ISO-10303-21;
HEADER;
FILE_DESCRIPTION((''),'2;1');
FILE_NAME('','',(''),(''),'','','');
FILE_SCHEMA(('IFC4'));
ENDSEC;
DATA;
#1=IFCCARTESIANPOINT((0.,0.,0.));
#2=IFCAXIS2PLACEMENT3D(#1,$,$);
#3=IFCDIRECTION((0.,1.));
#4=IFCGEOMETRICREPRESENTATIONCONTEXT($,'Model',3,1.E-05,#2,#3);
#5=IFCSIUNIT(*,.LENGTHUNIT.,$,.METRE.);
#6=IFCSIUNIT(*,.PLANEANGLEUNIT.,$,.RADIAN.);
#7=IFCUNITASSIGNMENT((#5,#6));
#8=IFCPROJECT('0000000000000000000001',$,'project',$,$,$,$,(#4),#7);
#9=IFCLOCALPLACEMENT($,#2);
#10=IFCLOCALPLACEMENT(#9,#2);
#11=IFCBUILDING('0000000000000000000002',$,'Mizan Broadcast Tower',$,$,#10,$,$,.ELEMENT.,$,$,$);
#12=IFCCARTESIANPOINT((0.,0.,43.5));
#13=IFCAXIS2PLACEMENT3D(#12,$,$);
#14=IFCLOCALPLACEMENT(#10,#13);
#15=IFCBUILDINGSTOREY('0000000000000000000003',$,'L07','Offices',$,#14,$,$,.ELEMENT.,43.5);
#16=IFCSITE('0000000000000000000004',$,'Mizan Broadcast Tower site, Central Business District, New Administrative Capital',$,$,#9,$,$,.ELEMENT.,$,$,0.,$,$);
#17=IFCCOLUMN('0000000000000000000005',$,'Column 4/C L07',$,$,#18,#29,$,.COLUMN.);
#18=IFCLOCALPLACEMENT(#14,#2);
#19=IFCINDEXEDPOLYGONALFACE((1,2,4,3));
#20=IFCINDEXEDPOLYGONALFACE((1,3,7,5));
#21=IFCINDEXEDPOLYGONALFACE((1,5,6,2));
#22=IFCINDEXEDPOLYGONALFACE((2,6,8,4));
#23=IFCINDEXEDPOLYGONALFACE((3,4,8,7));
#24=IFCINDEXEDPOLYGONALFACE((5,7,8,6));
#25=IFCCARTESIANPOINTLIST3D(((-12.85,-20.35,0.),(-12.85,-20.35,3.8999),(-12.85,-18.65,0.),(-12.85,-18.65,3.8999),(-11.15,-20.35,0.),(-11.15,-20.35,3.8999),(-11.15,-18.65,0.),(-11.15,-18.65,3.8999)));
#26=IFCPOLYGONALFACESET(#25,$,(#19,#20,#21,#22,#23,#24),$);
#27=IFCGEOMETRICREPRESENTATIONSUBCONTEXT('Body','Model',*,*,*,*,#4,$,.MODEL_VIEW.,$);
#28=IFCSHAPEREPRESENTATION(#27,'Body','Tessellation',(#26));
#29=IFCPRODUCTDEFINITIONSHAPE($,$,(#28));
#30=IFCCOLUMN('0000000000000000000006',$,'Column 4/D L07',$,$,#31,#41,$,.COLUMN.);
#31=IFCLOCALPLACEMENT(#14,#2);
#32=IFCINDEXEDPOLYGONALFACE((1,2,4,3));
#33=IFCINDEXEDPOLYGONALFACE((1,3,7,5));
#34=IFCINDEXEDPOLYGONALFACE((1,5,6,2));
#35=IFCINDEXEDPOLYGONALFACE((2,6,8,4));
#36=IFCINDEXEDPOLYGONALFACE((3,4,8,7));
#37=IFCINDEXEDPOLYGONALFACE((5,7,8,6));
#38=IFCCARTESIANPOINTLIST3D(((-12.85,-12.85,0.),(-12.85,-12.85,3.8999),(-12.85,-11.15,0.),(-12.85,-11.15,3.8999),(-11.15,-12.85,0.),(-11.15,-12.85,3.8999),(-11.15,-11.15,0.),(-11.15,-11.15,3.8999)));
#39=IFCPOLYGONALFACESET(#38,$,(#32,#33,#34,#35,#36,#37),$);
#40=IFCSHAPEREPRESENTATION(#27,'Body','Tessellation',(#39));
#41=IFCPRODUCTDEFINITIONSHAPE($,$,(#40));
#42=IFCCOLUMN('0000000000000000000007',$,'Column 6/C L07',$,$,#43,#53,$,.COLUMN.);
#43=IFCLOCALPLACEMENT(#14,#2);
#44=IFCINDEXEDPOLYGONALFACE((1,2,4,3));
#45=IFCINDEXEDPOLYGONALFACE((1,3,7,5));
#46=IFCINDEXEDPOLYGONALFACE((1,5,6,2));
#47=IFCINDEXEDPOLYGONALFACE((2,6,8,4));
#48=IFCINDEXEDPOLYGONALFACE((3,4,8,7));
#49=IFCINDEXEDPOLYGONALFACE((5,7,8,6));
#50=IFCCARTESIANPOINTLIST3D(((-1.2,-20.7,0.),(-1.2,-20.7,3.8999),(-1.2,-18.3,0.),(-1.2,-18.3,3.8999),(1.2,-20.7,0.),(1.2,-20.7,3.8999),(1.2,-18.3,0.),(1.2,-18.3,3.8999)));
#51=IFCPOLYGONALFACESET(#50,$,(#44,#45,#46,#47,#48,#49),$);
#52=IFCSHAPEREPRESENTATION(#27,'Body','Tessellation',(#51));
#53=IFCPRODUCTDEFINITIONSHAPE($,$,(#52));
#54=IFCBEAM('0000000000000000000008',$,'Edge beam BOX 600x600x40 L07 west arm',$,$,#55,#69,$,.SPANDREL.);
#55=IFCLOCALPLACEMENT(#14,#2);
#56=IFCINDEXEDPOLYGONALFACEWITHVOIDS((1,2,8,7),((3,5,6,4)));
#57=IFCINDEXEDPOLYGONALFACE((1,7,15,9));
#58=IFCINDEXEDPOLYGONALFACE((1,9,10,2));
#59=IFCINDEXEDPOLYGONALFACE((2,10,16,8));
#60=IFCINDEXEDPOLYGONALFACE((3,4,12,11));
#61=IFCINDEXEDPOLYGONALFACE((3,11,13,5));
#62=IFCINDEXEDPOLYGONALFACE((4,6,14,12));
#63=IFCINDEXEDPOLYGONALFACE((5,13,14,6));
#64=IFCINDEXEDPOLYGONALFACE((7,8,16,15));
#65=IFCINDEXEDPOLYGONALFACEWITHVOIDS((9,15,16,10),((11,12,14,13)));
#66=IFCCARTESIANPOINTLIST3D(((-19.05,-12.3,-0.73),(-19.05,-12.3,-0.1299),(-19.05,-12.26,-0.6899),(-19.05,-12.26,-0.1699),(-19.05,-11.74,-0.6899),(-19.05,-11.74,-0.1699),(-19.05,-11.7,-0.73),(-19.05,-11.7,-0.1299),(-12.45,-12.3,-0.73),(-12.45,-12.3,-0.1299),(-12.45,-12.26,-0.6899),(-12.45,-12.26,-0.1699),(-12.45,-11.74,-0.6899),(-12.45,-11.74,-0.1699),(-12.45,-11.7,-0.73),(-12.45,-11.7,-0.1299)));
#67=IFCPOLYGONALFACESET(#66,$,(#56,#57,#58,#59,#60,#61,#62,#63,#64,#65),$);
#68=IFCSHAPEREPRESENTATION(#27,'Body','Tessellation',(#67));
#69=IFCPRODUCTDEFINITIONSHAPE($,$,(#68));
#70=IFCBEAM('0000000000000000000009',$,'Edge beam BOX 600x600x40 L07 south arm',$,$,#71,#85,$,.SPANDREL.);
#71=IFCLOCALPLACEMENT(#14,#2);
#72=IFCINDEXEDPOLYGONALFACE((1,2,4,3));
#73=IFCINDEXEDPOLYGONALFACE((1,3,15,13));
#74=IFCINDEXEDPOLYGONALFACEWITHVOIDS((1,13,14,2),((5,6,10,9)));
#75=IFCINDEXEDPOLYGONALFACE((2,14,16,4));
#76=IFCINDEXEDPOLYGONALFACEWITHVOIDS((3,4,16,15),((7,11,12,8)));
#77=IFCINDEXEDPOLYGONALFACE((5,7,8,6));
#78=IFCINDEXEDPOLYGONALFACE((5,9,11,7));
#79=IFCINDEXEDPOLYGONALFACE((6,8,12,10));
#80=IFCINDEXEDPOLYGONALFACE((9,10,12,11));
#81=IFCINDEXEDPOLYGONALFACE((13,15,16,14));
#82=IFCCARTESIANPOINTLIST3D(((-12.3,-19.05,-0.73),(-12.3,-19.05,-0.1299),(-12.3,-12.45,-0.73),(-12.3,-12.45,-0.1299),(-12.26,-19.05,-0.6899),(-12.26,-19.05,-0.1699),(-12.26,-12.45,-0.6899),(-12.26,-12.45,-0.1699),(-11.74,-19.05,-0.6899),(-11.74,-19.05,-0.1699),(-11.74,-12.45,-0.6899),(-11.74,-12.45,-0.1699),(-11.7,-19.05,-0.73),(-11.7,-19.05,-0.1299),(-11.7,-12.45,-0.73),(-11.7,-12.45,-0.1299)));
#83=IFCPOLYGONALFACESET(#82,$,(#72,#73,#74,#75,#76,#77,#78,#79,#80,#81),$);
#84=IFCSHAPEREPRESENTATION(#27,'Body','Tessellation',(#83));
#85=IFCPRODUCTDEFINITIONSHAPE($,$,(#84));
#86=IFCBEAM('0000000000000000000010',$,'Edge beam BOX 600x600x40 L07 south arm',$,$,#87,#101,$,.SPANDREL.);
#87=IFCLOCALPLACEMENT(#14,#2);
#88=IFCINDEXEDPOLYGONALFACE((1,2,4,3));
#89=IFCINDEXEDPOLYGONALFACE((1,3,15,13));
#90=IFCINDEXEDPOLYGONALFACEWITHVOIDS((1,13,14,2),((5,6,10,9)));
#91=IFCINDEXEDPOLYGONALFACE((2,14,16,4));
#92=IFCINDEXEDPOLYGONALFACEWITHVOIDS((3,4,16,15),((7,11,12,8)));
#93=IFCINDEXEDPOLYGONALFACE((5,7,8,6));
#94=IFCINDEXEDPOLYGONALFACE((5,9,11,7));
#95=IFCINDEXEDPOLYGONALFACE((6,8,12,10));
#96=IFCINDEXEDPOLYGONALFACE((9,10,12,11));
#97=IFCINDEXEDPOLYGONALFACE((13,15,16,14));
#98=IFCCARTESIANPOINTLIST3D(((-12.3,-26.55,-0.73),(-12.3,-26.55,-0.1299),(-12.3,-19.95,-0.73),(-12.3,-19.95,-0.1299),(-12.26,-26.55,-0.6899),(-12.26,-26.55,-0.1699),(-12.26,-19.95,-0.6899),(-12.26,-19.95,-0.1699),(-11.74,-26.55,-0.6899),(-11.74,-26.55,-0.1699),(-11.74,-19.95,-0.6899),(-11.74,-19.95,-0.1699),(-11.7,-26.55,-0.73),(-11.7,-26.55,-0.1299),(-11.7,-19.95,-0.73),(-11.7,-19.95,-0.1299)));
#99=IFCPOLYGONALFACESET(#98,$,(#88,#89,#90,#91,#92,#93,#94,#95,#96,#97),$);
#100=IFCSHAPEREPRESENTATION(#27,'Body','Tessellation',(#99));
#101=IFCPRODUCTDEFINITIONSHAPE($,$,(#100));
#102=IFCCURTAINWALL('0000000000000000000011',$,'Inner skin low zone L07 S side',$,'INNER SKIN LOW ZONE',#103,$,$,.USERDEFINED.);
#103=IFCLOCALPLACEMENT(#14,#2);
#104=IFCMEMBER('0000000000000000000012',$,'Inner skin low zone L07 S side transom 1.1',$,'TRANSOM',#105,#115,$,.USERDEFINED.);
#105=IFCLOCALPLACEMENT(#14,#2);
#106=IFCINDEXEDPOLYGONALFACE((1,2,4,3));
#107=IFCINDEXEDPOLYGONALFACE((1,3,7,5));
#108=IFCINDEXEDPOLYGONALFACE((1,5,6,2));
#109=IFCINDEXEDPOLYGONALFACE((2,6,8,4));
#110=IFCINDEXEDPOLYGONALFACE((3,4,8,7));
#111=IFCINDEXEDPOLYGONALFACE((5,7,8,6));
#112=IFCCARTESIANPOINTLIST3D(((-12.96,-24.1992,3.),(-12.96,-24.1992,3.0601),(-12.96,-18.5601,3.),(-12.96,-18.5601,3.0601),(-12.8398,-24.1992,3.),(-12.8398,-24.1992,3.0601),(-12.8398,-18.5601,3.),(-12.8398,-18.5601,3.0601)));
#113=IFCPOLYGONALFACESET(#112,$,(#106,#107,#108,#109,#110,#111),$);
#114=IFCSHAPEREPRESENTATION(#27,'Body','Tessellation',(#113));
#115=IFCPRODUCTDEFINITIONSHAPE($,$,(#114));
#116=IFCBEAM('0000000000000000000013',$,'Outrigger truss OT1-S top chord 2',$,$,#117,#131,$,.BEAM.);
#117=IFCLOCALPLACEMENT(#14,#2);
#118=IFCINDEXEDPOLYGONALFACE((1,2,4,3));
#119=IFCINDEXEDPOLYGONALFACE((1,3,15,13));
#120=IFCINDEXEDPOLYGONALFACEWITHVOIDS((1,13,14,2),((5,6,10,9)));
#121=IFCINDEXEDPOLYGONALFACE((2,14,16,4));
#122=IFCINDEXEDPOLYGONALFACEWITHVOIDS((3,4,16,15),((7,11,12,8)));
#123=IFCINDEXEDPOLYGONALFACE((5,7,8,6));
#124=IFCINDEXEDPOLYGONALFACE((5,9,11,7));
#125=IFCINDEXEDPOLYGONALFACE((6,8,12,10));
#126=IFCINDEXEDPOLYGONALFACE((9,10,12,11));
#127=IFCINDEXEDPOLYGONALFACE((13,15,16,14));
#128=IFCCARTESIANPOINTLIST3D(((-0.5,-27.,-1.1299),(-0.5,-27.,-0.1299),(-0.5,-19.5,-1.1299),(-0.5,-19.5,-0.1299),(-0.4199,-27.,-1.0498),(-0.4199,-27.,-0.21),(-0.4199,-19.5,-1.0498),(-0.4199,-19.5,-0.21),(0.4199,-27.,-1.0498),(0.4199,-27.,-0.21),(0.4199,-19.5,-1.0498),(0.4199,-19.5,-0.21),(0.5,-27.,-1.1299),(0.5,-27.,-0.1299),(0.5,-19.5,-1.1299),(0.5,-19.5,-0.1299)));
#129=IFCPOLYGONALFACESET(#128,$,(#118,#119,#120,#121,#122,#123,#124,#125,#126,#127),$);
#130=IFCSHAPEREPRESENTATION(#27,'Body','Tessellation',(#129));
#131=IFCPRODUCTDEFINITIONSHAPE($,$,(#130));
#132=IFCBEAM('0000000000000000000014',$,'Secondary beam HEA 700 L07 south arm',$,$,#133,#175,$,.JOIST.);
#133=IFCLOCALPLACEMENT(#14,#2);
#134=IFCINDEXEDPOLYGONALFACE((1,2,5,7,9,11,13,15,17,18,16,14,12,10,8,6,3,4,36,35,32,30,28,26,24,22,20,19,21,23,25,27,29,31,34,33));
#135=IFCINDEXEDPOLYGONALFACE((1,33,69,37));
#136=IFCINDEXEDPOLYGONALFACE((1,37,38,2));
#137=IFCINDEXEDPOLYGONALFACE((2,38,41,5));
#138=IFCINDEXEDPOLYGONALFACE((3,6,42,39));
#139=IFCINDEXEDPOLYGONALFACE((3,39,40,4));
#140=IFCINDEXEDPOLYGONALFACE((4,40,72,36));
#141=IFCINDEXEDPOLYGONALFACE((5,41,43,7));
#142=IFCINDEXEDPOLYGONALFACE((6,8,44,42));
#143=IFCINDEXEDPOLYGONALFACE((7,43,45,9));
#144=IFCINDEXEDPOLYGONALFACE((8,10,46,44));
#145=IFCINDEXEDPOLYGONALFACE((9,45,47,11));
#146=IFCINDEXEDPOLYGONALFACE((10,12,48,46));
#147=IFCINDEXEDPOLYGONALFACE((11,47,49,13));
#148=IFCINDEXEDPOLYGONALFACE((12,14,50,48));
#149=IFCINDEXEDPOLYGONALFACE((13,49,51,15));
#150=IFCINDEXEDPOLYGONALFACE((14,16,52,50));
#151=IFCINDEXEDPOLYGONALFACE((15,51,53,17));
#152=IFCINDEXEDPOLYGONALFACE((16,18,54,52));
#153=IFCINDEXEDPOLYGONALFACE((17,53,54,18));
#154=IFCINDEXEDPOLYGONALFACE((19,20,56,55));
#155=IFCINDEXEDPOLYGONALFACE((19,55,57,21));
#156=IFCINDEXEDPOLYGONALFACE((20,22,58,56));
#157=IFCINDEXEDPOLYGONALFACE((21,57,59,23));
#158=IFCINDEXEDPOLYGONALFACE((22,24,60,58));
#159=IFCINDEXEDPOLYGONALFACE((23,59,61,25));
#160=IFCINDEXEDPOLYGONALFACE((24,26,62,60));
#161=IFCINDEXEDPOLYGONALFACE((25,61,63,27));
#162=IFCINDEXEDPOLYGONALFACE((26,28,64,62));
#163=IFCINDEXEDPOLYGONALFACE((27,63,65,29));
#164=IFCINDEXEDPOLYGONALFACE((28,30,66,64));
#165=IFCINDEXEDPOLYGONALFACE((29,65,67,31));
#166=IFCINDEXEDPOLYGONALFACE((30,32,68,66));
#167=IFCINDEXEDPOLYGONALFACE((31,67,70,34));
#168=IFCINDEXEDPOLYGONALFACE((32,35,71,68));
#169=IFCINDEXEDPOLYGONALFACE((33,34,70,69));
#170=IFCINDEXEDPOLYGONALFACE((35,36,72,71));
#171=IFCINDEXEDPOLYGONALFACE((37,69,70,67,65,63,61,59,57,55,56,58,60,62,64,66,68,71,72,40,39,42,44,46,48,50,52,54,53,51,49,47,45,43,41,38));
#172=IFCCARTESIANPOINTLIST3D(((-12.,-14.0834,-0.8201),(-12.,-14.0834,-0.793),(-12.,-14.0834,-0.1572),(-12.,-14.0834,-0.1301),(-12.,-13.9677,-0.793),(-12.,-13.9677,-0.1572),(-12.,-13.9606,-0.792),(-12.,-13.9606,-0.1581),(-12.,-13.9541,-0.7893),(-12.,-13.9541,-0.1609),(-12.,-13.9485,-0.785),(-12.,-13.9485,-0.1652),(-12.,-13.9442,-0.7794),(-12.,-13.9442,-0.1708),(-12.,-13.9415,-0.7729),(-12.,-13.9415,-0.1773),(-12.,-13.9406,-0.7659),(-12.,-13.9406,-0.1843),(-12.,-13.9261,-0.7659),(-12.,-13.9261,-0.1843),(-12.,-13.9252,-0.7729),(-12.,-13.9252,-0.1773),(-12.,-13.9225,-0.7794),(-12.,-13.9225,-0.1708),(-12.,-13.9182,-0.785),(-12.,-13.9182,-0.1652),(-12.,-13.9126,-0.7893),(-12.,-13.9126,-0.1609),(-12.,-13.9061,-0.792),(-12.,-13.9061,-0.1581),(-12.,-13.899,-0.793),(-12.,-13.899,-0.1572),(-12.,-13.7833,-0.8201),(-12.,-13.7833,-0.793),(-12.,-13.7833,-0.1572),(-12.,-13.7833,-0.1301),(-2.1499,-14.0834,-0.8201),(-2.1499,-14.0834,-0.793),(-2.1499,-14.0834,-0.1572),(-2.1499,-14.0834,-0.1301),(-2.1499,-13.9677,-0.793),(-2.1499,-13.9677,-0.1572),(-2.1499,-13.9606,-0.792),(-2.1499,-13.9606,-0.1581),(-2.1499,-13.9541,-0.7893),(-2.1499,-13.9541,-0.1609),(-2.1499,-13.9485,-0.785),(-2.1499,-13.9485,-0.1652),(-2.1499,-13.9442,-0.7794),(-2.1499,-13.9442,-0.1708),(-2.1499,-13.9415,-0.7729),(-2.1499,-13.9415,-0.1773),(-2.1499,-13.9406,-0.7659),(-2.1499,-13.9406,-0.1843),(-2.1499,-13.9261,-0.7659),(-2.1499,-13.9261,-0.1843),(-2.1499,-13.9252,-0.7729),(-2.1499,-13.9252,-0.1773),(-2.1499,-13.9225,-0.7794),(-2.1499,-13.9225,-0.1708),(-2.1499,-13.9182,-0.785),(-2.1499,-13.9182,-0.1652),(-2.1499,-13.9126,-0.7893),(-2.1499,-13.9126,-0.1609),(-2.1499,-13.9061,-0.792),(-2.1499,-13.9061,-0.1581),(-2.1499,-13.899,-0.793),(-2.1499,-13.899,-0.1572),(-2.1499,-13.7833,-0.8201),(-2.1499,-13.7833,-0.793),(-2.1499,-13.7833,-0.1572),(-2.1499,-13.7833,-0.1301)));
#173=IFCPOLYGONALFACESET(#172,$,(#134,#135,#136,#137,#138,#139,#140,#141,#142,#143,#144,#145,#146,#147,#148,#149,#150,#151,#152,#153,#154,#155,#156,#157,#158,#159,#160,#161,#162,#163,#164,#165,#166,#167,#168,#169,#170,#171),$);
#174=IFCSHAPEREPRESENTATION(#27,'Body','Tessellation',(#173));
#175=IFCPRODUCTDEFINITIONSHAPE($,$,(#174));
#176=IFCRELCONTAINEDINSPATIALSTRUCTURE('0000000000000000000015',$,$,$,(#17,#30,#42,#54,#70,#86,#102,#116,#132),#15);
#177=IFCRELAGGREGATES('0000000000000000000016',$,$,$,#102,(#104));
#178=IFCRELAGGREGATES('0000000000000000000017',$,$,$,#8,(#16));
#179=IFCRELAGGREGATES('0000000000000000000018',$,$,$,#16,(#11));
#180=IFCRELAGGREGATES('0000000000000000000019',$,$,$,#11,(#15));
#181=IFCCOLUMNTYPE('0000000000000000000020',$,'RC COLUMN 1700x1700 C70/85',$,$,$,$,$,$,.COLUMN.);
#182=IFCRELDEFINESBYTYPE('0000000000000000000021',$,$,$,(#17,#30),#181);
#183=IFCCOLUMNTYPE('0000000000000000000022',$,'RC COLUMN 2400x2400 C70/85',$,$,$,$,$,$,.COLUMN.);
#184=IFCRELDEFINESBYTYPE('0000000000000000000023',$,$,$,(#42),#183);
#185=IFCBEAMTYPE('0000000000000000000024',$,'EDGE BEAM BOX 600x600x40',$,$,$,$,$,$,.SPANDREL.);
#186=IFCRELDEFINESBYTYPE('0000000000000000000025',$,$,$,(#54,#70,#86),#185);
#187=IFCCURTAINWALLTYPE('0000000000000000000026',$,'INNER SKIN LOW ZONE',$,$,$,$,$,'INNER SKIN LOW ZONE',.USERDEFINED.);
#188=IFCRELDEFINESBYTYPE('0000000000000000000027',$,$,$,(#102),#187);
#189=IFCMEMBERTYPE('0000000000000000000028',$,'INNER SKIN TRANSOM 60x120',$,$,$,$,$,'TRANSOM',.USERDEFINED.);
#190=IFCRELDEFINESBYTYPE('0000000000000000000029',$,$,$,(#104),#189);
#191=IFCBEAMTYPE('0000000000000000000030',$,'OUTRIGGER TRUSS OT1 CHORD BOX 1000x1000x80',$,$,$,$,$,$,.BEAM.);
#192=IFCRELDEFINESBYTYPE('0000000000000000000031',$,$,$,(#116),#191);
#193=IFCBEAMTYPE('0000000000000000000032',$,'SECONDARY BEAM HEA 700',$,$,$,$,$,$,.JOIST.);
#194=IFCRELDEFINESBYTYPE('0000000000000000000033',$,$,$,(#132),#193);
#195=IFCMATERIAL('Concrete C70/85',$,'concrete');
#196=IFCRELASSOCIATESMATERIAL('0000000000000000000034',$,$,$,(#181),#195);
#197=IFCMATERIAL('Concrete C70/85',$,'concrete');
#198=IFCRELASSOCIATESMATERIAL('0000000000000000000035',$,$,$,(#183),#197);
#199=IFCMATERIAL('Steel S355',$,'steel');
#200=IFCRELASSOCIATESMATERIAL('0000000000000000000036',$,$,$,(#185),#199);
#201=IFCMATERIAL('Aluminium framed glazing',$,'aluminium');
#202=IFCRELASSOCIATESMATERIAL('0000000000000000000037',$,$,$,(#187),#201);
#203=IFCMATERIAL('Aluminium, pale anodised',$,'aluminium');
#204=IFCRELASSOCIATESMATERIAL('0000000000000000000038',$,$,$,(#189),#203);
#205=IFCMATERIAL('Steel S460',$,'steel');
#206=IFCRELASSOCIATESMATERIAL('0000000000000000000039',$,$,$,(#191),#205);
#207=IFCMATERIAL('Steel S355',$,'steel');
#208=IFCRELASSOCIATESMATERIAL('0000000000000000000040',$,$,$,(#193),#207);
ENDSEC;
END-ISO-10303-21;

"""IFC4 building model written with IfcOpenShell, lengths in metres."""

from ifc_helpers import new_model, si_unit, direction, frame, origin, origin_2d, place, context, subcontext, project, spatial, rectangle, hollow_rectangle, i_section, extrude, material, material_profile, profile_set, type_object, element, aggregate, save


model = new_model("IFC4")

# Units and contexts
model_context = context("Model", 3, precision=1e-05, world=origin(), true_north=direction((0.0, 1.0)))
body_context = subcontext(model_context, "Body", "Model", "MODEL_VIEW")
ifc_project = project(units=[si_unit("LENGTHUNIT", "METRE"), si_unit("PLANEANGLEUNIT", "RADIAN")], contexts=[model_context])

# Site, building, storey
site_placement = place(None, origin())
site = spatial("IfcSite", under=ifc_project, at=site_placement, Name="Mizan Broadcast Tower site, Central Business District, New Administrative Capital", CompositionType="ELEMENT", RefElevation=0.0)
building_placement = place(site_placement, origin())
building = spatial("IfcBuilding", under=site, at=building_placement, Name="Mizan Broadcast Tower", CompositionType="ELEMENT")
storey_placement = place(building_placement, frame((0.0, 0.0, 43.5)))
storey = spatial("IfcBuildingStorey", under=building, at=storey_placement, Name="L07", Description="Offices", CompositionType="ELEMENT", Elevation=43.5)

# Columns
ifc_material_1 = material(Name="Concrete C70/85", Category="concrete")
ifc_material_profile_1 = material_profile(ifc_material_1, rectangle(XDim=1.7, YDim=1.7, at=origin_2d()), Name="RC 1700x1700")
ifc_profile_set_1 = profile_set([ifc_material_profile_1], Name="Concrete C70/85")
column_type_1 = type_object("IfcColumnType", Name="RC COLUMN 1700x1700 C70/85", PredefinedType="COLUMN", material=ifc_profile_set_1)
for number, where, z_axis, x_axis, name in (
    (1, (-12.0, -19.5, 0.0), (0.0, 0.0, 1.0), (1.0, 0.0, 0.0), "Column 4/C L07"),
    (2, (-12.0, -12.0, 0.0), (0.0, 0.0, 1.0), (1.0, 0.0, 0.0), "Column 4/D L07"),
):
    element("IfcColumn", number, at=place(storey_placement, frame(where, z_axis=z_axis, x_axis=x_axis)), inside=storey, type_object=column_type_1, Name=name, PredefinedType="COLUMN", context=body_context, shape_type="SweptSolid", body=[
        extrude(rectangle(XDim=1.7, YDim=1.7, at=origin_2d()), origin(), (0.0, 0.0, 1.0), 3.8999),
    ])
ifc_material_2 = material(Name="Concrete C70/85", Category="concrete")
ifc_material_profile_2 = material_profile(ifc_material_2, rectangle(XDim=2.3999, YDim=2.3999, at=origin_2d()), Name="RC 2400x2400")
ifc_profile_set_2 = profile_set([ifc_material_profile_2], Name="Concrete C70/85")
column_type_2 = type_object("IfcColumnType", Name="RC COLUMN 2400x2400 C70/85", PredefinedType="COLUMN", material=ifc_profile_set_2)
column_placement = place(storey_placement, frame((0.0, -19.5, 0.0), z_axis=(0.0, 0.0, 1.0), x_axis=(1.0, 0.0, 0.0)))
element("IfcColumn", 3, at=column_placement, inside=storey, type_object=column_type_2, Name="Column 6/C L07", PredefinedType="COLUMN", context=body_context, shape_type="SweptSolid", body=[
    extrude(rectangle(XDim=2.3999, YDim=2.3999, at=origin_2d()), origin(), (0.0, 0.0, 1.0), 3.8999),
])

# Beams
ifc_material_3 = material(Name="Steel S355", Category="steel")
ifc_material_profile_3 = material_profile(ifc_material_3, hollow_rectangle(XDim=0.6001, YDim=0.6001, WallThickness=0.04, at=origin_2d()), Name="BOX 600x600x40")
ifc_profile_set_3 = profile_set([ifc_material_profile_3], Name="Steel S355")
beam_type_1 = type_object("IfcBeamType", Name="EDGE BEAM BOX 600x600x40", PredefinedType="SPANDREL", material=ifc_profile_set_3)
for number, where, z_axis, x_axis, name in (
    (4, (-12.45, -12.0, -0.4299), (-1.0, 0.0, 0.0), (0.0, -1.0, 0.0), "Edge beam BOX 600x600x40 L07 west arm"),
    (5, (-12.0, -12.45, -0.4299), (0.0, -1.0, 0.0), (1.0, 0.0, 0.0), "Edge beam BOX 600x600x40 L07 south arm"),
    (6, (-12.0, -19.95, -0.4299), (0.0, -1.0, 0.0), (1.0, 0.0, 0.0), "Edge beam BOX 600x600x40 L07 south arm"),
):
    element("IfcBeam", number, at=place(storey_placement, frame(where, z_axis=z_axis, x_axis=x_axis)), inside=storey, type_object=beam_type_1, Name=name, PredefinedType="SPANDREL", context=body_context, shape_type="SweptSolid", body=[
        extrude(hollow_rectangle(XDim=0.6001, YDim=0.6001, WallThickness=0.04, at=origin_2d()), origin(), (0.0, 0.0, 1.0), 6.6001),
    ])

# Curtain wall, member
ifc_material_4 = material(Name="Aluminium framed glazing", Category="aluminium")
curtain_wall_type = type_object("IfcCurtainWallType", Name="INNER SKIN LOW ZONE", ElementType="INNER SKIN LOW ZONE", PredefinedType="USERDEFINED", material=ifc_material_4)
curtain_wall_placement = place(storey_placement, origin())
curtain_wall = element("IfcCurtainWall", 7, at=curtain_wall_placement, inside=storey, type_object=curtain_wall_type, Name="Inner skin low zone L07 S side", ObjectType="INNER SKIN LOW ZONE", PredefinedType="USERDEFINED")
ifc_material_5 = material(Name="Aluminium, pale anodised", Category="aluminium")
ifc_material_profile_4 = material_profile(ifc_material_5, rectangle(XDim=0.1201, YDim=0.0601, at=origin_2d()), Name="TRANSOM 120x60")
ifc_profile_set_4 = profile_set([ifc_material_profile_4], Name="Aluminium, pale anodised")
member_type = type_object("IfcMemberType", Name="INNER SKIN TRANSOM 60x120", ElementType="TRANSOM", PredefinedType="USERDEFINED", material=ifc_profile_set_4)
member_placement = place(storey_placement, frame((-12.8999, -18.5601, 3.03), z_axis=(0.0, -1.0, 0.0), x_axis=(1.0, 0.0, 0.0)))
member = element("IfcMember", 8, at=member_placement, type_object=member_type, Name="Inner skin low zone L07 S side transom 1.1", ObjectType="TRANSOM", PredefinedType="USERDEFINED", context=body_context, shape_type="SweptSolid", body=[
    extrude(rectangle(XDim=0.1201, YDim=0.0601, at=origin_2d()), origin(), (0.0, 0.0, 1.0), 5.6392),
])
aggregate(curtain_wall, [member])

# Beams
ifc_material_6 = material(Name="Steel S460", Category="steel")
ifc_material_profile_5 = material_profile(ifc_material_6, hollow_rectangle(XDim=1.0, YDim=1.0, WallThickness=0.0801, at=origin_2d()), Name="BOX 1000x1000x80")
ifc_profile_set_5 = profile_set([ifc_material_profile_5], Name="Steel S460")
beam_type_2 = type_object("IfcBeamType", Name="OUTRIGGER TRUSS OT1 CHORD BOX 1000x1000x80", PredefinedType="BEAM", material=ifc_profile_set_5)
beam_1_placement = place(storey_placement, frame((0.0, -19.5, -0.6299), z_axis=(0.0, -1.0, 0.0), x_axis=(1.0, 0.0, 0.0)))
element("IfcBeam", 9, at=beam_1_placement, inside=storey, type_object=beam_type_2, Name="Outrigger truss OT1-S top chord 2", PredefinedType="BEAM", context=body_context, shape_type="SweptSolid", body=[
    extrude(hollow_rectangle(XDim=1.0, YDim=1.0, WallThickness=0.0801, at=origin_2d()), origin(), (0.0, 0.0, 1.0), 7.5),
])
ifc_material_7 = material(Name="Steel S355", Category="steel")
ifc_material_profile_6 = material_profile(ifc_material_7, i_section(OverallWidth=0.3, OverallDepth=0.6899, WebThickness=0.0144, FlangeThickness=0.0271, FilletRadius=0.0271, at=origin_2d()), Name="HEA 700")
ifc_profile_set_6 = profile_set([ifc_material_profile_6], Name="Steel S355")
beam_type_3 = type_object("IfcBeamType", Name="SECONDARY BEAM HEA 700", PredefinedType="JOIST", material=ifc_profile_set_6)
for number, where, z_axis, x_axis, name in (
    (10, (-12.0, -13.9333, -0.4751), (1.0, 0.0, 0.0), (0.0, 1.0, 0.0), "Secondary beam HEA 700 L07 south arm"),
):
    element("IfcBeam", number, at=place(storey_placement, frame(where, z_axis=z_axis, x_axis=x_axis)), inside=storey, type_object=beam_type_3, Name=name, PredefinedType="JOIST", context=body_context, shape_type="SweptSolid", body=[
        extrude(i_section(OverallWidth=0.3, OverallDepth=0.6899, WebThickness=0.0144, FlangeThickness=0.0271, FilletRadius=0.0271, at=origin_2d()), origin(), (0.0, 0.0, 1.0), 9.8501),
    ])

save(model, "model.ifc")
